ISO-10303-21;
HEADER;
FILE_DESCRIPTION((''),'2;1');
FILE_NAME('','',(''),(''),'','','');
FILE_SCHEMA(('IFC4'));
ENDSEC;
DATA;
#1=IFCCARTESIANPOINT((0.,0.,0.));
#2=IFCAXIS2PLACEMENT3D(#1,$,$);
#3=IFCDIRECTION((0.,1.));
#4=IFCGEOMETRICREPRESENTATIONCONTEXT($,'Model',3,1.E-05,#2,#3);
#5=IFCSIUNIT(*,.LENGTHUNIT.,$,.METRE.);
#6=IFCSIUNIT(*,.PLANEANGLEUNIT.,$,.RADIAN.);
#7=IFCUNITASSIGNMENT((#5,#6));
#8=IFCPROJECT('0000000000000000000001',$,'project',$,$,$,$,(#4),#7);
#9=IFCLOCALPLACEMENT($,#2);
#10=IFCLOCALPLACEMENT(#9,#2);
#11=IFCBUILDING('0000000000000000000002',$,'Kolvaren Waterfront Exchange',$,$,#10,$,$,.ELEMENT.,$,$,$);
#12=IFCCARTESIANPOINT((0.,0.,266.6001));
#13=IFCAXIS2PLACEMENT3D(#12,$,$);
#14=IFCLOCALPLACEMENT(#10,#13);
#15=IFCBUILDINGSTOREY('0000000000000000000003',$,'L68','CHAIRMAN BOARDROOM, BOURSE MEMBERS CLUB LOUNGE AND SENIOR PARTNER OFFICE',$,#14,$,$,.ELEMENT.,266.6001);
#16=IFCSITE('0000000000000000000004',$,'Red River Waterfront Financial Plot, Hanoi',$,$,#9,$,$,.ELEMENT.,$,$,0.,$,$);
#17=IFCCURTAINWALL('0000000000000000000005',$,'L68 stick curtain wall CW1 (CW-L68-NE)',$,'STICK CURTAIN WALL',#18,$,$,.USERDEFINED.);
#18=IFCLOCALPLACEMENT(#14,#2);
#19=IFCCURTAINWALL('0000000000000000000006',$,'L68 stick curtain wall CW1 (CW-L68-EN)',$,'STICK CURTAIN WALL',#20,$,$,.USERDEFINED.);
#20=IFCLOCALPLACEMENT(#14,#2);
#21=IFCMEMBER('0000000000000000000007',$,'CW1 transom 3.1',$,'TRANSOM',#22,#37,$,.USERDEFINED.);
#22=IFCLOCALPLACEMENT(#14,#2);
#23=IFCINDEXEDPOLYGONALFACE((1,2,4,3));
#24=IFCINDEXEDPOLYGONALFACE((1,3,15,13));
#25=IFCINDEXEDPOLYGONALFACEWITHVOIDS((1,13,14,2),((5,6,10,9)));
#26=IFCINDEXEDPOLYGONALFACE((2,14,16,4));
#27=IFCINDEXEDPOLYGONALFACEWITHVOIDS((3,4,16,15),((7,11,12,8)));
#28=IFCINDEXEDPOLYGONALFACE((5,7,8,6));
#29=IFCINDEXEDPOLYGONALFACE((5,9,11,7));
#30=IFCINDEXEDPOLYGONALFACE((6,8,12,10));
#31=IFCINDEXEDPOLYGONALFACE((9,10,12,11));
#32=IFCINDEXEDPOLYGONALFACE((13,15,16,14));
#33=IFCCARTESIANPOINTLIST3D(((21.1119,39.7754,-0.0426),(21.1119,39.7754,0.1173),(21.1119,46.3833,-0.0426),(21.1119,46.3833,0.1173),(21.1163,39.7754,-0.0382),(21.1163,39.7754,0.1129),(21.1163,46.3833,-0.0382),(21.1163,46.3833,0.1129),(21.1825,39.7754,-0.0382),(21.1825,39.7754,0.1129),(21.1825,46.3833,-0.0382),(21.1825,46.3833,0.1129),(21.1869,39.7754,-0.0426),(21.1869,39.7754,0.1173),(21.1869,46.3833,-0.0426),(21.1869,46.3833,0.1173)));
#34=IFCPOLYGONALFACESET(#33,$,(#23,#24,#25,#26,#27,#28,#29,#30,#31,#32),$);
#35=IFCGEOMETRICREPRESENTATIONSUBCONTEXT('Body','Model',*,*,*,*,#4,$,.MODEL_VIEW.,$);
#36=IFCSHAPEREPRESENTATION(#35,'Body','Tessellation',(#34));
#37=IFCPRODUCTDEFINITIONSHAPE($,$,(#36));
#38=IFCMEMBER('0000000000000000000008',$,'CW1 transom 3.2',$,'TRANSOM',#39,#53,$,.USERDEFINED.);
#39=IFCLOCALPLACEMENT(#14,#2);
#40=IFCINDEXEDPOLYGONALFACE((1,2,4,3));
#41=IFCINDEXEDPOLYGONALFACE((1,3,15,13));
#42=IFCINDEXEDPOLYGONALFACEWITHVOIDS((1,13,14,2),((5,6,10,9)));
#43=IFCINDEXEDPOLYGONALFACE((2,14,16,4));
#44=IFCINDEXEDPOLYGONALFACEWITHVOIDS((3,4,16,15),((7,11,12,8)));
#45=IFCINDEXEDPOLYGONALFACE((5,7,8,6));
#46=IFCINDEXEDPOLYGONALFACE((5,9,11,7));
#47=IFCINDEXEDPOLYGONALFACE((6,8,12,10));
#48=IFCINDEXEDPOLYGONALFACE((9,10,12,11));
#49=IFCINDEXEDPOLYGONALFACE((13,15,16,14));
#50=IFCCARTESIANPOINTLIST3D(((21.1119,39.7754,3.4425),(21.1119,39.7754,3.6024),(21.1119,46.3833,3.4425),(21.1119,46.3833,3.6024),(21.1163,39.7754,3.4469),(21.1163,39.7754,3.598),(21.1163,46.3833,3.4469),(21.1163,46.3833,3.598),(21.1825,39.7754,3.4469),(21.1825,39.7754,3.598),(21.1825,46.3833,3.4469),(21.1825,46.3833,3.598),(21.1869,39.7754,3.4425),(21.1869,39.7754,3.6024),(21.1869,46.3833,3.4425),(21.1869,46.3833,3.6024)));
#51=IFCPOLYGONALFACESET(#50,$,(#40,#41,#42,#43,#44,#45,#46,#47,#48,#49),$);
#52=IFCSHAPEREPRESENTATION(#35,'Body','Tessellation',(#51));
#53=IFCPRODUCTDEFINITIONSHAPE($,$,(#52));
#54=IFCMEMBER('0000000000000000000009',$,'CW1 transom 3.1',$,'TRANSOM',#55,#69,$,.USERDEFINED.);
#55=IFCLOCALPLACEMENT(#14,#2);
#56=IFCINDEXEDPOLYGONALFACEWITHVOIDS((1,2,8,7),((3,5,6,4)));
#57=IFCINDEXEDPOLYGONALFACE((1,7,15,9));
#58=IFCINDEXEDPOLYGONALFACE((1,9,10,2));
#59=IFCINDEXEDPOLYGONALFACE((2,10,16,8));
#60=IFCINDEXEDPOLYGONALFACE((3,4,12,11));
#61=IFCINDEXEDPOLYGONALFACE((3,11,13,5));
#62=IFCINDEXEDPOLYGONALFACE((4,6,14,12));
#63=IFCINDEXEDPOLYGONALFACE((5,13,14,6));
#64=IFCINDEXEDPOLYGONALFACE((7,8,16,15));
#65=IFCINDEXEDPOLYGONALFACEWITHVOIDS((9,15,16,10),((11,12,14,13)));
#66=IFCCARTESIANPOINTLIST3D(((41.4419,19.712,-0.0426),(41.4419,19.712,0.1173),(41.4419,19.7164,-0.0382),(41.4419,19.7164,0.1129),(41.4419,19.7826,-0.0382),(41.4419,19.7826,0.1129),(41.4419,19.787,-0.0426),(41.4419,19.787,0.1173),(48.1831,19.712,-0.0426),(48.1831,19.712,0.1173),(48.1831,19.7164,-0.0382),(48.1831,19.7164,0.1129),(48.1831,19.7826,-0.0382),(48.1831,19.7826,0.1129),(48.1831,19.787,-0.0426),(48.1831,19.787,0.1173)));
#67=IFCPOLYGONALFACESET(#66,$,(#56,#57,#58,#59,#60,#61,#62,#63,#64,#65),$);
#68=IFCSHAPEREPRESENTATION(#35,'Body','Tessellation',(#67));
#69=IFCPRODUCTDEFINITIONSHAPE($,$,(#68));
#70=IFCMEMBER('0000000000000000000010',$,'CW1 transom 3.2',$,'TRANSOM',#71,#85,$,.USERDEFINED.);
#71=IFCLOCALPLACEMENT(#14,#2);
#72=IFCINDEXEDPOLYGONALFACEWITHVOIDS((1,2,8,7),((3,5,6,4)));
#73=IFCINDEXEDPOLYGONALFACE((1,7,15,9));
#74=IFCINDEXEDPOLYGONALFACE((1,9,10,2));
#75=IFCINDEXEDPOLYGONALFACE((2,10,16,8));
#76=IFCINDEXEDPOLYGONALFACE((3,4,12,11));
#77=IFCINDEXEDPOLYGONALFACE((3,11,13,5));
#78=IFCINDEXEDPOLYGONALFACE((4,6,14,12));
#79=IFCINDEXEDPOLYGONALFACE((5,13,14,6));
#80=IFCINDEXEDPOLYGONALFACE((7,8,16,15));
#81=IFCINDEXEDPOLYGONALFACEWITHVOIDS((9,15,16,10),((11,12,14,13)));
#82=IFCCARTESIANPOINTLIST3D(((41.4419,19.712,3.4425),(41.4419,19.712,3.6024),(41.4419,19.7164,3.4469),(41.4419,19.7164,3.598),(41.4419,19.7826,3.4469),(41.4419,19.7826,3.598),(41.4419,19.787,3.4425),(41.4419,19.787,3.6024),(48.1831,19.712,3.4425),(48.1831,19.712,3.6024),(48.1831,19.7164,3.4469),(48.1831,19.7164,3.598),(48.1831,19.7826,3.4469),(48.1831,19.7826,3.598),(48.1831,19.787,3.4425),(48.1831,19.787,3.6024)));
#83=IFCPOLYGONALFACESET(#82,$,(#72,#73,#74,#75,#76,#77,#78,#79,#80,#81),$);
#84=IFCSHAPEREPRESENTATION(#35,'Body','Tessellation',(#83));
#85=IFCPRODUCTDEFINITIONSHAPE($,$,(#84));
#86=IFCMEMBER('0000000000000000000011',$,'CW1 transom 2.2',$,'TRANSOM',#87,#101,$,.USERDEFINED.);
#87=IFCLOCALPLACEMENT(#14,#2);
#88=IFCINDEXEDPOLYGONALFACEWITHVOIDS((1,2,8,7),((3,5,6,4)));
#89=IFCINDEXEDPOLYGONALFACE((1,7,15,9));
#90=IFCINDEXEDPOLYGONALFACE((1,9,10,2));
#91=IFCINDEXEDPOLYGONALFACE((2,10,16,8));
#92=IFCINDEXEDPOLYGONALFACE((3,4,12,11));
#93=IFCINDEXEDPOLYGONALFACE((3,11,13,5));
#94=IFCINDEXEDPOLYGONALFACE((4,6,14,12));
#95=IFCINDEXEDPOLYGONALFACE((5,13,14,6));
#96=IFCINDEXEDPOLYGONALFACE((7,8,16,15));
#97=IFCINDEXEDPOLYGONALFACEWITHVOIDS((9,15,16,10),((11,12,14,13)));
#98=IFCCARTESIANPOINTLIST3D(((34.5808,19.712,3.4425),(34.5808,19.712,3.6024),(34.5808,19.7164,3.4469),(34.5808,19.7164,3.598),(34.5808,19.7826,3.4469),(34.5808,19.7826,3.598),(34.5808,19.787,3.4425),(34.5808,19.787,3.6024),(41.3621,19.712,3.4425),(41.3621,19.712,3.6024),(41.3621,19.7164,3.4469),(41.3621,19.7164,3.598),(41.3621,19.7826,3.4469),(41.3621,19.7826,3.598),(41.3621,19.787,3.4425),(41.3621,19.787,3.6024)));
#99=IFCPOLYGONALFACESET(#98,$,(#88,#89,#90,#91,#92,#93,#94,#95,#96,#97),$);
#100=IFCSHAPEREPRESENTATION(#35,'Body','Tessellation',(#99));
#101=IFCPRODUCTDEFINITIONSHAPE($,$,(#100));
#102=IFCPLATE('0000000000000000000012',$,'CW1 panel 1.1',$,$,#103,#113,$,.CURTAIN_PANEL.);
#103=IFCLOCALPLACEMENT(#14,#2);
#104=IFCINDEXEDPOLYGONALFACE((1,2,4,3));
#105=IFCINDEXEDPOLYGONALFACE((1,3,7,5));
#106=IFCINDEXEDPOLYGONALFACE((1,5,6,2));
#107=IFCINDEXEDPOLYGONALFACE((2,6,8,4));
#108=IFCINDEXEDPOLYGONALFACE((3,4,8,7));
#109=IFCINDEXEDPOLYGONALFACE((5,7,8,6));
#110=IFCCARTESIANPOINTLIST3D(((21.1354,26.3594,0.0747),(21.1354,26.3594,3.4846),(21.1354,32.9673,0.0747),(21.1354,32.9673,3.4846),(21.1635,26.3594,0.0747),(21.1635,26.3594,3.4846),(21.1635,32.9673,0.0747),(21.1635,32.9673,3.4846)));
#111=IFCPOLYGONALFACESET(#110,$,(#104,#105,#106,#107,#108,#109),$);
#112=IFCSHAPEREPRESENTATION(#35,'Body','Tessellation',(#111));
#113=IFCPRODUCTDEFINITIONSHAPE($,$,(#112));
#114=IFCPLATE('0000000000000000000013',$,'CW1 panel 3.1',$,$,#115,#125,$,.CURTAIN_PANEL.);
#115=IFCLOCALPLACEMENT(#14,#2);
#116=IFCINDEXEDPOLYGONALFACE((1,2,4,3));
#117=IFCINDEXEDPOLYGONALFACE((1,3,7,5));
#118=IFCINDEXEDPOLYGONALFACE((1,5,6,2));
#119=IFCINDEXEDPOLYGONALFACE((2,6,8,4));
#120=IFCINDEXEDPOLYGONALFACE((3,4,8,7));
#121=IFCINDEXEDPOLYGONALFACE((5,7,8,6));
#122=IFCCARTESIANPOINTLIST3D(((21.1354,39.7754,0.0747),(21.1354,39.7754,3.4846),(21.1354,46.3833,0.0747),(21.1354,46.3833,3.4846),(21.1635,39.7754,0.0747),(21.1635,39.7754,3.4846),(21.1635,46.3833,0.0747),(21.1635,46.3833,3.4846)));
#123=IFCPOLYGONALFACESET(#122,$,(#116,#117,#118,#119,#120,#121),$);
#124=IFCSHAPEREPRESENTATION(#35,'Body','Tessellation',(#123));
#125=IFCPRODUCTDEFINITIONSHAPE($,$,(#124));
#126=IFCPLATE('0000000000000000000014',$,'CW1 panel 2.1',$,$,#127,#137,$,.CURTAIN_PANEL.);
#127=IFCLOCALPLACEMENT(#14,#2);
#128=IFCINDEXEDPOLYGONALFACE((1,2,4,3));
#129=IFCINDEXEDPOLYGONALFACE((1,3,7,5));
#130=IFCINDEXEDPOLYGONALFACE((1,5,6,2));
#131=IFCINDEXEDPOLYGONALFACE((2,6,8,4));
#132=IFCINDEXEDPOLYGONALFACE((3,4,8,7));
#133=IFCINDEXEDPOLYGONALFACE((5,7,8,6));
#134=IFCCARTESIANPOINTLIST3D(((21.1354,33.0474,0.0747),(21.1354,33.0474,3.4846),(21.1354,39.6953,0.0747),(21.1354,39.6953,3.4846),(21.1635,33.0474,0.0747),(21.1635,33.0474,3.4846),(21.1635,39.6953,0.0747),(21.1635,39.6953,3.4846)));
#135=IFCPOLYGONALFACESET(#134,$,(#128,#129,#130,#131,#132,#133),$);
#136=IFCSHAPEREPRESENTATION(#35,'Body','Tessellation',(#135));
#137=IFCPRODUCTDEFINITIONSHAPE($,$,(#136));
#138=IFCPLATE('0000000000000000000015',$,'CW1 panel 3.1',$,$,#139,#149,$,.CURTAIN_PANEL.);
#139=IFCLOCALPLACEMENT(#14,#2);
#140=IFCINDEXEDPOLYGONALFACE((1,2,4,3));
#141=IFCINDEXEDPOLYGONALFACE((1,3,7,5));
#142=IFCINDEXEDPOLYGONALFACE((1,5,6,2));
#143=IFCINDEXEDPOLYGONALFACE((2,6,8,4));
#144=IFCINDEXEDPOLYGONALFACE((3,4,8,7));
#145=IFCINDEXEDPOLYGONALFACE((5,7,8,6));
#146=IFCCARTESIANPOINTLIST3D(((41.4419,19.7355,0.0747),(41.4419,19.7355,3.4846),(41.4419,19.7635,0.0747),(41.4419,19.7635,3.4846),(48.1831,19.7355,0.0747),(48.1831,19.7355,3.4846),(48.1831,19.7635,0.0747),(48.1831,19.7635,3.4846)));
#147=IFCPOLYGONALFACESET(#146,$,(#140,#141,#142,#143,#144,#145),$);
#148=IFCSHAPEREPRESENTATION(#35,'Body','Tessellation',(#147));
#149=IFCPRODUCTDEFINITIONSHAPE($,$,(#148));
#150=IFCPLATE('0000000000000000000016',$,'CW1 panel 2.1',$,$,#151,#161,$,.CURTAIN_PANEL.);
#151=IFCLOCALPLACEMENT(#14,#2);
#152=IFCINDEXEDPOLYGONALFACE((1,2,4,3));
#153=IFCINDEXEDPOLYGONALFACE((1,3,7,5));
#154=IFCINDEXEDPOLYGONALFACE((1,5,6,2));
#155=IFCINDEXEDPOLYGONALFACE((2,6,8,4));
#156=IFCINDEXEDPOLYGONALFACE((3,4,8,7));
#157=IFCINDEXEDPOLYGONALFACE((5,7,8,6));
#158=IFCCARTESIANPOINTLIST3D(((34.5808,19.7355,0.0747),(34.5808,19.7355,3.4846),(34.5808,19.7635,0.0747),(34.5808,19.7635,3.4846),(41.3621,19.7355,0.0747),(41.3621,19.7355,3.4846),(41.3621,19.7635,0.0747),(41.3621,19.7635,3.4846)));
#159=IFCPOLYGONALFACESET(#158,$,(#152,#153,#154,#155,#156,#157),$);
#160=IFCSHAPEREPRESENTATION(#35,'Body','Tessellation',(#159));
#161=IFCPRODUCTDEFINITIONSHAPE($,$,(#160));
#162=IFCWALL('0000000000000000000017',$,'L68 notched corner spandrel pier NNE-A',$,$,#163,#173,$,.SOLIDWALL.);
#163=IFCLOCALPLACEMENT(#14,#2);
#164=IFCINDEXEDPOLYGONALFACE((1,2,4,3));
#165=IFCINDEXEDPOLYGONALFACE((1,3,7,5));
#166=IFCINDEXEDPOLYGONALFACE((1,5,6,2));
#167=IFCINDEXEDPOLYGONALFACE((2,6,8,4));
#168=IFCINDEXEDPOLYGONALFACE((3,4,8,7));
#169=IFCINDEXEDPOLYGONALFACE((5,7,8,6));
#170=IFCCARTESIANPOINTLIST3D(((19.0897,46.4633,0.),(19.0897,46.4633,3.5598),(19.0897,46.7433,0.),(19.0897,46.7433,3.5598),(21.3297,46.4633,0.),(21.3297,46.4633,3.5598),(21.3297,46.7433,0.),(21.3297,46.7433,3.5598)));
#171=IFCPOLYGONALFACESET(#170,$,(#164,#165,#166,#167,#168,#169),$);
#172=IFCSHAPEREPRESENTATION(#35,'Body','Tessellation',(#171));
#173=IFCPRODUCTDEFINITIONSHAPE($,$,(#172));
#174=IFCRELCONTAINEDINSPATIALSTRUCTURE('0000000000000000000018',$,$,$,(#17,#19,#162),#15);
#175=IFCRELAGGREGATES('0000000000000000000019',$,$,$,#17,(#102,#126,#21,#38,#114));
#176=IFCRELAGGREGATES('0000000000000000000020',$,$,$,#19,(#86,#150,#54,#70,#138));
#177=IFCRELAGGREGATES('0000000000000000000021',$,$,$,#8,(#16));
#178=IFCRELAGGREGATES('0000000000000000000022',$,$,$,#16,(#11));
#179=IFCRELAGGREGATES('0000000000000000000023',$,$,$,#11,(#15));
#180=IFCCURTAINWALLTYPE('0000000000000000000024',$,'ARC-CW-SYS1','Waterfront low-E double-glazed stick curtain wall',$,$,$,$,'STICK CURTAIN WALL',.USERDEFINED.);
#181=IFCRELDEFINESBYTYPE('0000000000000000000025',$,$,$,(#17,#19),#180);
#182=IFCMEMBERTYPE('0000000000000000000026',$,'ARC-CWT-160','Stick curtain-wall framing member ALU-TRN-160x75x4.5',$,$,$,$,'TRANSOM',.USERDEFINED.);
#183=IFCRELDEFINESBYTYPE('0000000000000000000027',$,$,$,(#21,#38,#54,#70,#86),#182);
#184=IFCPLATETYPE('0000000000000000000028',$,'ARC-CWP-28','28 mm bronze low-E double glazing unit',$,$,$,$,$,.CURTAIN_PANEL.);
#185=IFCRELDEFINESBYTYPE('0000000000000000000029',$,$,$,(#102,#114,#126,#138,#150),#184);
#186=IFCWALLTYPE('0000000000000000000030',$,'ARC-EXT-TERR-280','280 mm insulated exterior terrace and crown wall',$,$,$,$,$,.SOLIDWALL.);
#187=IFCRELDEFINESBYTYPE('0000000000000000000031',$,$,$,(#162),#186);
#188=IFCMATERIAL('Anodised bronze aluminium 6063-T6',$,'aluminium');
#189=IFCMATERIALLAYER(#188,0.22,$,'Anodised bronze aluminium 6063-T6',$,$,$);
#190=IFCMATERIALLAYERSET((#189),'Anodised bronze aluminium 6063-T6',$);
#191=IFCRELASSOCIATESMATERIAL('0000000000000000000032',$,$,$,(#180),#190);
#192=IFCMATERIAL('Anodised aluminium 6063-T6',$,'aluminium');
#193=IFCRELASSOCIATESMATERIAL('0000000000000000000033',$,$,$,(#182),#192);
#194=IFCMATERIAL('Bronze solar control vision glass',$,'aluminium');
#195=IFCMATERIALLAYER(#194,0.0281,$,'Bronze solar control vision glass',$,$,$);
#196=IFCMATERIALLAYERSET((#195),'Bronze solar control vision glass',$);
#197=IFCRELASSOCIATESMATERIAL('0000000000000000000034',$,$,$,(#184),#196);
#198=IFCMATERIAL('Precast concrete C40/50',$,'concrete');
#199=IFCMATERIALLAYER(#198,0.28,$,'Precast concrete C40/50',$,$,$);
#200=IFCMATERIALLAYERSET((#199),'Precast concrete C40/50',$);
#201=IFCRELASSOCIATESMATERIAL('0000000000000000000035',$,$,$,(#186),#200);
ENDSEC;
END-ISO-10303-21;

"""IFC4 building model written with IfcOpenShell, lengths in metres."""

from ifc_helpers import new_model, si_unit, direction, frame, frame_2d, origin, origin_with_axes, origin_2d, place, context, subcontext, project, spatial, rectangle, hollow_rectangle, extrude, source, transform, mapped, material, layer, layer_set, material_profile, profile_set, type_object, element, aggregate, save


model = new_model("IFC4")

# Units and contexts
model_context = context("Model", 3, precision=1e-05, world=origin(), true_north=direction((0.0, 1.0)))
body_context = subcontext(model_context, "Body", "Model", "MODEL_VIEW")
ifc_project = project(units=[si_unit("LENGTHUNIT", "METRE"), si_unit("PLANEANGLEUNIT", "RADIAN")], contexts=[model_context])

# Site, building, storey
site_placement = place(None, origin())
site = spatial("IfcSite", under=ifc_project, at=site_placement, Name="Red River Waterfront Financial Plot, Hanoi", CompositionType="ELEMENT", RefElevation=0.0)
building_placement = place(site_placement, origin())
building = spatial("IfcBuilding", under=site, at=building_placement, Name="Kolvaren Waterfront Exchange", CompositionType="ELEMENT")
storey_placement = place(building_placement, frame((0.0, 0.0, 266.6001)))
storey = spatial("IfcBuildingStorey", under=building, at=storey_placement, Name="L68", Description="CHAIRMAN BOARDROOM, BOURSE MEMBERS CLUB LOUNGE AND SENIOR PARTNER OFFICE", CompositionType="ELEMENT", Elevation=266.6001)

# Curtain walls
ifc_material_1 = material(Name="Anodised bronze aluminium 6063-T6", Category="aluminium")
ifc_layer_1 = layer(ifc_material_1, 0.22, Name="Anodised bronze aluminium 6063-T6")
ifc_layer_set_1 = layer_set([ifc_layer_1], Name="Anodised bronze aluminium 6063-T6")
curtain_wall_type = type_object("IfcCurtainWallType", Name="ARC-CW-SYS1", Description="Waterfront low-E double-glazed stick curtain wall", ElementType="STICK CURTAIN WALL", PredefinedType="USERDEFINED", material=ifc_layer_set_1)
curtain_wall_1_placement = place(storey_placement, origin())
curtain_wall_1 = element("IfcCurtainWall", 1, at=curtain_wall_1_placement, inside=storey, type_object=curtain_wall_type, Name="L68 stick curtain wall CW1 (CW-L68-NE)", ObjectType="STICK CURTAIN WALL", PredefinedType="USERDEFINED")
ifc_material_2 = material(Name="Anodised aluminium 6063-T6", Category="aluminium")
curtain_wall_2_placement = place(storey_placement, origin())
curtain_wall_2 = element("IfcCurtainWall", 2, at=curtain_wall_2_placement, inside=storey, type_object=curtain_wall_type, Name="L68 stick curtain wall CW1 (CW-L68-EN)", ObjectType="STICK CURTAIN WALL", PredefinedType="USERDEFINED")

# Members
ifc_material_profile_1 = material_profile(ifc_material_2, hollow_rectangle(XDim=0.075, YDim=0.1599, WallThickness=0.0044, at=origin_2d()), Name="ALU-TRN-160x75x4.5")
ifc_profile_set_1 = profile_set([ifc_material_profile_1], Name="Anodised aluminium 6063-T6")
member_type_1 = type_object("IfcMemberType", Name="ARC-CWT-160", Description="Stick curtain-wall framing member ALU-TRN-160x75x4.5", ElementType="TRANSOM", PredefinedType="USERDEFINED", material=ifc_profile_set_1)
shared_shape_1 = source(origin_with_axes(), body_context, "Body", "SweptSolid", [
    extrude(hollow_rectangle(XDim=0.075, YDim=0.1599, WallThickness=0.0044, at=origin_2d()), origin(), (0.0, 0.0, 1.0), 6.6079),
])
member_1_placement = place(storey_placement, frame((21.1494, 39.7754, 0.0374), z_axis=(0.0, 1.0, 0.0), x_axis=(-1.0, 0.0, 0.0)))
member_1 = element("IfcMember", 3, at=member_1_placement, type_object=member_type_1, Name="CW1 transom 3.1", ObjectType="TRANSOM", PredefinedType="USERDEFINED", context=body_context, shape_type="MappedRepresentation", body=[
    mapped(shared_shape_1, transform((0.0, 0.0, 0.0), x_axis=(1.0, 0.0, 0.0), y_axis=(0.0, 1.0, 0.0), z_axis=(0.0, 0.0, 1.0), scale=1.0)),
])
member_2_placement = place(storey_placement, frame((21.1494, 39.7754, 3.5225), z_axis=(0.0, 1.0, 0.0), x_axis=(-1.0, 0.0, 0.0)))
member_2 = element("IfcMember", 4, at=member_2_placement, type_object=member_type_1, Name="CW1 transom 3.2", ObjectType="TRANSOM", PredefinedType="USERDEFINED", context=body_context, shape_type="MappedRepresentation", body=[
    mapped(shared_shape_1, transform((0.0, 0.0, 0.0), x_axis=(1.0, 0.0, 0.0), y_axis=(0.0, 1.0, 0.0), z_axis=(0.0, 0.0, 1.0), scale=1.0)),
])
shared_shape_2 = source(origin_with_axes(), body_context, "Body", "SweptSolid", [
    extrude(hollow_rectangle(XDim=0.075, YDim=0.1599, WallThickness=0.0044, at=origin_2d()), origin(), (0.0, 0.0, 1.0), 6.7412),
])
member_3_placement = place(storey_placement, frame((41.4419, 19.7495, 0.0374), z_axis=(1.0, 0.0, 0.0), x_axis=(0.0, 1.0, 0.0)))
member_3 = element("IfcMember", 5, at=member_3_placement, type_object=member_type_1, Name="CW1 transom 3.1", ObjectType="TRANSOM", PredefinedType="USERDEFINED", context=body_context, shape_type="MappedRepresentation", body=[
    mapped(shared_shape_2, transform((0.0, 0.0, 0.0), x_axis=(1.0, 0.0, 0.0), y_axis=(0.0, 1.0, 0.0), z_axis=(0.0, 0.0, 1.0), scale=1.0)),
])
member_4_placement = place(storey_placement, frame((41.4419, 19.7495, 3.5225), z_axis=(1.0, 0.0, 0.0), x_axis=(0.0, 1.0, 0.0)))
member_4 = element("IfcMember", 6, at=member_4_placement, type_object=member_type_1, Name="CW1 transom 3.2", ObjectType="TRANSOM", PredefinedType="USERDEFINED", context=body_context, shape_type="MappedRepresentation", body=[
    mapped(shared_shape_2, transform((0.0, 0.0, 0.0), x_axis=(1.0, 0.0, 0.0), y_axis=(0.0, 1.0, 0.0), z_axis=(0.0, 0.0, 1.0), scale=1.0)),
])
shared_shape_3 = source(origin_with_axes(), body_context, "Body", "SweptSolid", [
    extrude(hollow_rectangle(XDim=0.075, YDim=0.1599, WallThickness=0.0044, at=origin_2d()), origin(), (0.0, 0.0, 1.0), 6.7812),
])
member_5_placement = place(storey_placement, frame((34.5808, 19.7495, 3.5225), z_axis=(1.0, 0.0, 0.0), x_axis=(0.0, 1.0, 0.0)))
member_5 = element("IfcMember", 7, at=member_5_placement, type_object=member_type_1, Name="CW1 transom 2.2", ObjectType="TRANSOM", PredefinedType="USERDEFINED", context=body_context, shape_type="MappedRepresentation", body=[
    mapped(shared_shape_3, transform((0.0, 0.0, 0.0), x_axis=(1.0, 0.0, 0.0), y_axis=(0.0, 1.0, 0.0), z_axis=(0.0, 0.0, 1.0), scale=1.0)),
])

# Plates
ifc_material_3 = material(Name="Bronze solar control vision glass", Category="aluminium")
ifc_layer_2 = layer(ifc_material_3, 0.0281, Name="Bronze solar control vision glass")
ifc_layer_set_2 = layer_set([ifc_layer_2], Name="Bronze solar control vision glass")
plate_type = type_object("IfcPlateType", Name="ARC-CWP-28", Description="28 mm bronze low-E double glazing unit", PredefinedType="CURTAIN_PANEL", material=ifc_layer_set_2)
shared_shape_4 = source(origin_with_axes(), body_context, "Body", "SweptSolid", [
    extrude(rectangle(XDim=6.6079, YDim=0.0281, at=origin_2d()), origin(), (0.0, 0.0, 1.0), 3.4099),
])
plate_1_placement = place(storey_placement, frame((21.1494, 29.6633, 0.0747), z_axis=(0.0, 0.0, 1.0), x_axis=(0.0, 1.0, 0.0)))
plate_1 = element("IfcPlate", 8, at=plate_1_placement, type_object=plate_type, Name="CW1 panel 1.1", PredefinedType="CURTAIN_PANEL", context=body_context, shape_type="MappedRepresentation", body=[
    mapped(shared_shape_4, transform((0.0, 0.0, 0.0), x_axis=(1.0, 0.0, 0.0), y_axis=(0.0, 1.0, 0.0), z_axis=(0.0, 0.0, 1.0), scale=1.0)),
])
plate_2_placement = place(storey_placement, frame((21.1494, 43.0793, 0.0747), z_axis=(0.0, 0.0, 1.0), x_axis=(0.0, 1.0, 0.0)))
plate_2 = element("IfcPlate", 9, at=plate_2_placement, type_object=plate_type, Name="CW1 panel 3.1", PredefinedType="CURTAIN_PANEL", context=body_context, shape_type="MappedRepresentation", body=[
    mapped(shared_shape_4, transform((0.0, 0.0, 0.0), x_axis=(1.0, 0.0, 0.0), y_axis=(0.0, 1.0, 0.0), z_axis=(0.0, 0.0, 1.0), scale=1.0)),
])
shared_shape_5 = source(origin_with_axes(), body_context, "Body", "SweptSolid", [
    extrude(rectangle(XDim=6.6479, YDim=0.0281, at=origin_2d()), origin(), (0.0, 0.0, 1.0), 3.4099),
])
plate_3_placement = place(storey_placement, frame((21.1494, 36.3713, 0.0747), z_axis=(0.0, 0.0, 1.0), x_axis=(0.0, 1.0, 0.0)))
plate_3 = element("IfcPlate", 10, at=plate_3_placement, type_object=plate_type, Name="CW1 panel 2.1", PredefinedType="CURTAIN_PANEL", context=body_context, shape_type="MappedRepresentation", body=[
    mapped(shared_shape_5, transform((0.0, 0.0, 0.0), x_axis=(1.0, 0.0, 0.0), y_axis=(0.0, 1.0, 0.0), z_axis=(0.0, 0.0, 1.0), scale=1.0)),
])
aggregate(curtain_wall_1, [plate_1, plate_3, member_1, member_2, plate_2])
shared_shape_6 = source(origin_with_axes(), body_context, "Body", "SweptSolid", [
    extrude(rectangle(XDim=6.7412, YDim=0.0281, at=origin_2d()), origin(), (0.0, 0.0, 1.0), 3.4099),
])
plate_4_placement = place(storey_placement, frame((44.8125, 19.7495, 0.0747), z_axis=(0.0, 0.0, 1.0), x_axis=(1.0, 0.0, 0.0)))
plate_4 = element("IfcPlate", 11, at=plate_4_placement, type_object=plate_type, Name="CW1 panel 3.1", PredefinedType="CURTAIN_PANEL", context=body_context, shape_type="MappedRepresentation", body=[
    mapped(shared_shape_6, transform((0.0, 0.0, 0.0), x_axis=(1.0, 0.0, 0.0), y_axis=(0.0, 1.0, 0.0), z_axis=(0.0, 0.0, 1.0), scale=1.0)),
])
shared_shape_7 = source(origin_with_axes(), body_context, "Body", "SweptSolid", [
    extrude(rectangle(XDim=6.7812, YDim=0.0281, at=origin_2d()), origin(), (0.0, 0.0, 1.0), 3.4099),
])
plate_5_placement = place(storey_placement, frame((37.9714, 19.7495, 0.0747), z_axis=(0.0, 0.0, 1.0), x_axis=(1.0, 0.0, 0.0)))
plate_5 = element("IfcPlate", 12, at=plate_5_placement, type_object=plate_type, Name="CW1 panel 2.1", PredefinedType="CURTAIN_PANEL", context=body_context, shape_type="MappedRepresentation", body=[
    mapped(shared_shape_7, transform((0.0, 0.0, 0.0), x_axis=(1.0, 0.0, 0.0), y_axis=(0.0, 1.0, 0.0), z_axis=(0.0, 0.0, 1.0), scale=1.0)),
])
aggregate(curtain_wall_2, [member_5, plate_5, member_3, member_4, plate_4])

# Wall
ifc_material_4 = material(Name="Precast concrete C40/50", Category="concrete")
ifc_layer_3 = layer(ifc_material_4, 0.28, Name="Precast concrete C40/50")
ifc_layer_set_3 = layer_set([ifc_layer_3], Name="Precast concrete C40/50")
wall_type = type_object("IfcWallType", Name="ARC-EXT-TERR-280", Description="280 mm insulated exterior terrace and crown wall", PredefinedType="SOLIDWALL", material=ifc_layer_set_3)
wall_1_placement = place(storey_placement, frame((19.0896, 46.6033, 0.0), z_axis=(0.0, 0.0, 1.0), x_axis=(1.0, 0.0, 0.0)))
element("IfcWall", 13, at=wall_1_placement, inside=storey, type_object=wall_type, Name="L68 notched corner spandrel pier NNE-A", PredefinedType="SOLIDWALL", context=body_context, shape_type="SweptSolid", body=[
    extrude(rectangle(XDim=2.24, YDim=0.28, at=frame_2d((1.1201, 0.0))), origin(), (0.0, 0.0, 1.0), 3.5598),
])

save(model, "model.ifc")
